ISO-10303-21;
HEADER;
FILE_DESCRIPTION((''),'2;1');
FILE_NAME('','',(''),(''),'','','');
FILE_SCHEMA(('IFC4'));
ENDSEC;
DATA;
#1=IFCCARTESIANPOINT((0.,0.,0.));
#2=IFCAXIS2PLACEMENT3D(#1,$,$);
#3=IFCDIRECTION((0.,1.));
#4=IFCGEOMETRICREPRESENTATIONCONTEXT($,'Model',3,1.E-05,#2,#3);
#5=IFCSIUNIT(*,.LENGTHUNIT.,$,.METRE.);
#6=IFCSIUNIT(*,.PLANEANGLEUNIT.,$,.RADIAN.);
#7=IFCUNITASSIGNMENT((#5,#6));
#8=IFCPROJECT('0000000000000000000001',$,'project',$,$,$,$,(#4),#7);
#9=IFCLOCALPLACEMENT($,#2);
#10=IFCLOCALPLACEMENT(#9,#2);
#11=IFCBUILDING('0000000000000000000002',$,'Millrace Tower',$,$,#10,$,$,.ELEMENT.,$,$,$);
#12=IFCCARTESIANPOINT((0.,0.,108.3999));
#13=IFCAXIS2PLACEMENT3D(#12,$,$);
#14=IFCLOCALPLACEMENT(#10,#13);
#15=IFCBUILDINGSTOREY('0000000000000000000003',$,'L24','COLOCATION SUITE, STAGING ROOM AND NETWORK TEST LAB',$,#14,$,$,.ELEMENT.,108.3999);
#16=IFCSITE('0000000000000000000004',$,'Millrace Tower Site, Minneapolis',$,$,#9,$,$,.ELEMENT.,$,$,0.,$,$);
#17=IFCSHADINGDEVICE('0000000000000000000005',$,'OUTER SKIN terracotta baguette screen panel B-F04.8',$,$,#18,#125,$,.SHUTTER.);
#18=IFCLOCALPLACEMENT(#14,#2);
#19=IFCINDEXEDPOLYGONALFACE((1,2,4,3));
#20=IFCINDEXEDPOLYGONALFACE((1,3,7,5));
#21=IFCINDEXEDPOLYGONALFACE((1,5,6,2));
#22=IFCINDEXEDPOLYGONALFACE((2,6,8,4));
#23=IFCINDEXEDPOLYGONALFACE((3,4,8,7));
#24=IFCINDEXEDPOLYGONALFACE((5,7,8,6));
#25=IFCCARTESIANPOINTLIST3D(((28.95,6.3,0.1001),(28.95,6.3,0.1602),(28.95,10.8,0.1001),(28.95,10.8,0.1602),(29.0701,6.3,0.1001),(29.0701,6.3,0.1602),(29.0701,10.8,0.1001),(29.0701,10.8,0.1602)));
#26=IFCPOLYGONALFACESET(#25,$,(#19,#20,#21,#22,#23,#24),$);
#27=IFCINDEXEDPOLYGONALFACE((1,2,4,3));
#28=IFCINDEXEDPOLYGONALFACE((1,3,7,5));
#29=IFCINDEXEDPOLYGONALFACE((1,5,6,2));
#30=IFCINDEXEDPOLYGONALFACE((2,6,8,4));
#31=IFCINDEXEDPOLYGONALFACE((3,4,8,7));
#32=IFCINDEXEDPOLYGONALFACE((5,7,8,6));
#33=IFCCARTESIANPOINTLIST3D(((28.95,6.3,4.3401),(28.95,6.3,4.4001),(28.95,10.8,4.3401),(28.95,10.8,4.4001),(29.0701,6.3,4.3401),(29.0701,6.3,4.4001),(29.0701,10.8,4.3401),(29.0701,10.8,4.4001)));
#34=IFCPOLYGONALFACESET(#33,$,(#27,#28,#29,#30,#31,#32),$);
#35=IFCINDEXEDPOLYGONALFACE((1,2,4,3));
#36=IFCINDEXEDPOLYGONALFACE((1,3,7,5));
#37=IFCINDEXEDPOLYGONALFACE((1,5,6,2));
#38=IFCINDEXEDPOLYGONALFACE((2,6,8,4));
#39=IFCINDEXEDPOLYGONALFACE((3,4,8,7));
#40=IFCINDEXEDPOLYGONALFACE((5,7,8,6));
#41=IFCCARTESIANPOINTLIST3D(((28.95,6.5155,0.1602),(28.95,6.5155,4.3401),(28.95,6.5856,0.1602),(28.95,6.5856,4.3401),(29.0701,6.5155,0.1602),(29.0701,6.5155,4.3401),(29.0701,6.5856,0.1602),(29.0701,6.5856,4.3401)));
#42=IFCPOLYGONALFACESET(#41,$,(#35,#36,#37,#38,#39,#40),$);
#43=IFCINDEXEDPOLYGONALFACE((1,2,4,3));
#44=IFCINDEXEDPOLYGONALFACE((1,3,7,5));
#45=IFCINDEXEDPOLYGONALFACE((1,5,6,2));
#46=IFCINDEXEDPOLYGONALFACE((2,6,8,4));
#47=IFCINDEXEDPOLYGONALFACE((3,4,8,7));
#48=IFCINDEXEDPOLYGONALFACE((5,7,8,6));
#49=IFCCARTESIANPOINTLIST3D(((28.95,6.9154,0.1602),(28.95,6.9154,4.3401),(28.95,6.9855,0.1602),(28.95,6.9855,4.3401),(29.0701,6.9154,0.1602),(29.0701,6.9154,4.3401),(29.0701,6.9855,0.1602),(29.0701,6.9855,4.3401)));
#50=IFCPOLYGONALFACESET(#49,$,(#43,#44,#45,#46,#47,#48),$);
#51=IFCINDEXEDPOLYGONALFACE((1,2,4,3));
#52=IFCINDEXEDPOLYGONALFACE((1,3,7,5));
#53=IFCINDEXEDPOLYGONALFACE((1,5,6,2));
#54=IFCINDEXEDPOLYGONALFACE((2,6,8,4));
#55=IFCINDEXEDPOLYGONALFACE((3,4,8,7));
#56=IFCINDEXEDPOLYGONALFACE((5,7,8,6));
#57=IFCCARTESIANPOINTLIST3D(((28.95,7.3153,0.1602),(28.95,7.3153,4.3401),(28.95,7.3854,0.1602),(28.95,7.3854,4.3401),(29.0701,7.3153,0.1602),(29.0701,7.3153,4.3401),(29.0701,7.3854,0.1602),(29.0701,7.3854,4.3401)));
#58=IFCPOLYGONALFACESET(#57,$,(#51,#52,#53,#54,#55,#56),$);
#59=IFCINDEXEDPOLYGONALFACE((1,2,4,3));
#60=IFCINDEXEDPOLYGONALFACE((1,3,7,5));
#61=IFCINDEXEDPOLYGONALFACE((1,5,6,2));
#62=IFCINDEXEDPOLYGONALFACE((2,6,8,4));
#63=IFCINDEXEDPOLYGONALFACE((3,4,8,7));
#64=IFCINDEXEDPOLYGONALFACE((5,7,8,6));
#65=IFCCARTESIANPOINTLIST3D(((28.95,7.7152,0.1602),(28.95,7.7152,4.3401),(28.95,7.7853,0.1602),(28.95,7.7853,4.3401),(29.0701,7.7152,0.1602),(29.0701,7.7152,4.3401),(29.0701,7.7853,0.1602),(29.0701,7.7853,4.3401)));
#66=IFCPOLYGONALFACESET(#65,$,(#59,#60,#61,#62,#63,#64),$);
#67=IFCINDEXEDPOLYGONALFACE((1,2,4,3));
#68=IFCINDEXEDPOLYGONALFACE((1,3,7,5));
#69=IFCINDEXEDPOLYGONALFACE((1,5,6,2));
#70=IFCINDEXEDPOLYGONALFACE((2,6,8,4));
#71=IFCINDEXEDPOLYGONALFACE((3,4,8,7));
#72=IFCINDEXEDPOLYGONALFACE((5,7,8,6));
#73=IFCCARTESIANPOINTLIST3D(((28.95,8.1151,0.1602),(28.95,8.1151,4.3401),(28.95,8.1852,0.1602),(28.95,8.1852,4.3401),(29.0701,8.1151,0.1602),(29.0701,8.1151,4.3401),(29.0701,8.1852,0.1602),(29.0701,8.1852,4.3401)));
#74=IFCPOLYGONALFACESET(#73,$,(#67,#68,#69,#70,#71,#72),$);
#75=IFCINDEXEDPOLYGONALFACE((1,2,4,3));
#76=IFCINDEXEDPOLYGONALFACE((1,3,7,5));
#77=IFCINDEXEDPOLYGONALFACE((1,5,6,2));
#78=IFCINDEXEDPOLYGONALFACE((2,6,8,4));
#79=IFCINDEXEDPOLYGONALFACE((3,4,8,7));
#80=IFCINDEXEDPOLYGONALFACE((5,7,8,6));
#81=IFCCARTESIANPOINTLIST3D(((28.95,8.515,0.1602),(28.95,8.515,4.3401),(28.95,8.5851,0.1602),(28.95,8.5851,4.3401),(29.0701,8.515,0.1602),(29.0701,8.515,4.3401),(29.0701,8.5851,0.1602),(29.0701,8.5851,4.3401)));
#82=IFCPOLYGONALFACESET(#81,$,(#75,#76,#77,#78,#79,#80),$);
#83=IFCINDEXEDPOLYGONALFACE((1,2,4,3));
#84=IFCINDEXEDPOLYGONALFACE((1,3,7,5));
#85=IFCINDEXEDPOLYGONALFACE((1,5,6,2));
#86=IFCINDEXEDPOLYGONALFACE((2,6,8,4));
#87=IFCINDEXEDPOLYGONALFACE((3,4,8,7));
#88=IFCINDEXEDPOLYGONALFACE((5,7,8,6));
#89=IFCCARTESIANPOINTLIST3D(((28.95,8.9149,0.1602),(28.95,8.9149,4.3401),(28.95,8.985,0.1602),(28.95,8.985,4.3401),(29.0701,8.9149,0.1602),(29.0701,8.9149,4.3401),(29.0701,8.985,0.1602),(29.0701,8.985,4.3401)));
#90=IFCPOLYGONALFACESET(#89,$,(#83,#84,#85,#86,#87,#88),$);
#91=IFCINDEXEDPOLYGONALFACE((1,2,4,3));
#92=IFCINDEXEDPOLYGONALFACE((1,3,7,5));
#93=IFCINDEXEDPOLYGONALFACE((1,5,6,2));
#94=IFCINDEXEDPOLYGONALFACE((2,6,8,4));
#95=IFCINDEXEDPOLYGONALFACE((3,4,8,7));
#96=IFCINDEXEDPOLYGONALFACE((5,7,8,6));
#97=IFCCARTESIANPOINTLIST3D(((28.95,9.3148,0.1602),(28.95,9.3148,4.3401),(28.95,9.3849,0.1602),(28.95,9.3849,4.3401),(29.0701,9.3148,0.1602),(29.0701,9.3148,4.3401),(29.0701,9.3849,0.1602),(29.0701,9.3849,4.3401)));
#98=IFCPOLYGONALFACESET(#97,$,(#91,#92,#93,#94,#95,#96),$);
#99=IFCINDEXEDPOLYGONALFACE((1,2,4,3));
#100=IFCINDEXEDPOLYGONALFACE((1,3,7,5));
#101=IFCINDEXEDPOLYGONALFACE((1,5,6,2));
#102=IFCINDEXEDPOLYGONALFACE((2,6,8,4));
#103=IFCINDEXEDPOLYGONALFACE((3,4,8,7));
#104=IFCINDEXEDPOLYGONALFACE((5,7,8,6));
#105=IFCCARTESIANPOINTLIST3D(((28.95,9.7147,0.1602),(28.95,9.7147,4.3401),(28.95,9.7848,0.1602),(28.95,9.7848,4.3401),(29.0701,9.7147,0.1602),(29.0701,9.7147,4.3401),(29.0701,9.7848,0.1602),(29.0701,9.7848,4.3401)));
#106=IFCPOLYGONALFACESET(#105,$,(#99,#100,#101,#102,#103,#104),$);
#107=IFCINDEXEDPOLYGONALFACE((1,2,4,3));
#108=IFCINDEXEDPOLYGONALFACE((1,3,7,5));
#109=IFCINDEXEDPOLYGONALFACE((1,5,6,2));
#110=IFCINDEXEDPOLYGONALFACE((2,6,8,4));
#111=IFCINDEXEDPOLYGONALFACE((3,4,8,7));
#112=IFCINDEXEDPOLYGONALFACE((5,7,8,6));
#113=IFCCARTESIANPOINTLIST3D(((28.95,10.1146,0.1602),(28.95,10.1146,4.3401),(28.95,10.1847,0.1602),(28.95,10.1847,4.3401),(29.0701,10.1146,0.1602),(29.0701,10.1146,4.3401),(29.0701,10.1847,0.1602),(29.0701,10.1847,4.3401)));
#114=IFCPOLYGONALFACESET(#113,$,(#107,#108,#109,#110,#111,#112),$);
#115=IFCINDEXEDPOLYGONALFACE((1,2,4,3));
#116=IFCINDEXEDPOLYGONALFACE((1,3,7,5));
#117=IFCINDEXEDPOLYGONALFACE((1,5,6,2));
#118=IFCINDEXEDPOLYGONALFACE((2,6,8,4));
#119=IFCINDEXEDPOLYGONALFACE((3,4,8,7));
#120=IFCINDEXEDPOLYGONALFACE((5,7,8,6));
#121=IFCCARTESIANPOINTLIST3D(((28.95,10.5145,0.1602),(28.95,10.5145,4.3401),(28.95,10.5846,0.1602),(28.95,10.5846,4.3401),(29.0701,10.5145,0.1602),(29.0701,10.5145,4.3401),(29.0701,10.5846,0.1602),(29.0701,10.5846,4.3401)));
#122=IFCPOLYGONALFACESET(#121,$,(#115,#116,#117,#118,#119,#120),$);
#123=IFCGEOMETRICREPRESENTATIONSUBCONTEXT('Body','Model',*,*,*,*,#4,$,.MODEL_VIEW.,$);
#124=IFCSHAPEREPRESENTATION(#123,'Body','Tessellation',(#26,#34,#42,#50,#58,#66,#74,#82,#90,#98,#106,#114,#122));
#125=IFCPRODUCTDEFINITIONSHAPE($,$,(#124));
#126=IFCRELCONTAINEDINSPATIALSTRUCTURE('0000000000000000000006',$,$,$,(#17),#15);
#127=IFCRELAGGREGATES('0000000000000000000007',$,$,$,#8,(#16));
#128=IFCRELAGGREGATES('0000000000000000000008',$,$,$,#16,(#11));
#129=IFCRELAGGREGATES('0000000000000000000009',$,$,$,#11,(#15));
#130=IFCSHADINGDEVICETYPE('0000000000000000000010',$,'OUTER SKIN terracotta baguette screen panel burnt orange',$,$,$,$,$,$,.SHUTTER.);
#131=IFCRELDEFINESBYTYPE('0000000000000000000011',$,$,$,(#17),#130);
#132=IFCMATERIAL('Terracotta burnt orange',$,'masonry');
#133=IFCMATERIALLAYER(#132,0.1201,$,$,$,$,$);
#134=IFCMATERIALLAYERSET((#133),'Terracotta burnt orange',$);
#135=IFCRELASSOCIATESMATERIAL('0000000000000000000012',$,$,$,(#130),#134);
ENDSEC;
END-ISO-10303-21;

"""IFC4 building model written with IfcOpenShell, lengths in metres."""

from ifc_helpers import new_model, entity, si_unit, direction, frame, frame_2d, origin, origin_2d, place, context, subcontext, project, spatial, rectangle, extrude, source, transform, mapped, material, layer, layer_set, type_object, element, save


model = new_model("IFC4")

# Units and contexts
model_context = context("Model", 3, precision=1e-05, world=origin(), true_north=direction((0.0, 1.0)))
body_context = subcontext(model_context, "Body", "Model", "MODEL_VIEW")
ifc_project = project(units=[si_unit("LENGTHUNIT", "METRE"), si_unit("PLANEANGLEUNIT", "RADIAN")], contexts=[model_context])

# Site, building, storey
site_placement = place(None, origin())
site = spatial("IfcSite", under=ifc_project, at=site_placement, Name="Millrace Tower Site, Minneapolis", CompositionType="ELEMENT", RefElevation=0.0)
building_placement = place(site_placement, origin())
building = spatial("IfcBuilding", under=site, at=building_placement, Name="Millrace Tower", CompositionType="ELEMENT")
storey_placement = place(building_placement, frame((0.0, 0.0, 108.3999)))
storey = spatial("IfcBuildingStorey", under=building, at=storey_placement, Name="L24", Description="COLOCATION SUITE, STAGING ROOM AND NETWORK TEST LAB", CompositionType="ELEMENT", Elevation=108.3999)

# Shading device
ifc_material_1 = material(Name="Terracotta burnt orange", Category="masonry")
ifc_layer_1 = layer(ifc_material_1, 0.1201)
ifc_layer_set_1 = layer_set([ifc_layer_1], Name="Terracotta burnt orange")
shading_device_type = type_object("IfcShadingDeviceType", Name="OUTER SKIN terracotta baguette screen panel burnt orange", PredefinedType="SHUTTER", material=ifc_layer_set_1)
cartesian_point = entity("IfcCartesianPoint", [-2.25, 0.0601])
shared_polyline = entity("IfcPolyline", [cartesian_point, entity("IfcCartesianPoint", [2.25, 0.0601]), entity("IfcCartesianPoint", [2.25, -0.0601]), entity("IfcCartesianPoint", [-2.25, -0.0601]), cartesian_point])
shared_shape = source(origin(), body_context, "Body", "SweptSolid", [
    entity("IfcExtrudedAreaSolid", entity("IfcArbitraryClosedProfileDef", "AREA", None, shared_polyline), entity("IfcAxis2Placement3D", entity("IfcCartesianPoint", [0.0, 0.0, 0.0])), entity("IfcDirection", [0.0, 0.0, 1.0]), 0.0601),
    entity("IfcExtrudedAreaSolid", entity("IfcArbitraryClosedProfileDef", "AREA", None, shared_polyline), entity("IfcAxis2Placement3D", entity("IfcCartesianPoint", [0.0, 0.0, 4.24])), entity("IfcDirection", [0.0, 0.0, 1.0]), 0.0601),
    extrude(rectangle(XDim=0.0701, YDim=0.1201, at=frame_2d((-1.9995, 0.0))), frame((0.0, 0.0, 0.0601)), (0.0, 0.0, 1.0), 4.1799),
    extrude(rectangle(XDim=0.0701, YDim=0.1201, at=frame_2d((-1.5996, 0.0))), frame((0.0, 0.0, 0.0601)), (0.0, 0.0, 1.0), 4.1799),
    extrude(rectangle(XDim=0.0701, YDim=0.1201, at=frame_2d((-1.1997, 0.0))), frame((0.0, 0.0, 0.0601)), (0.0, 0.0, 1.0), 4.1799),
    extrude(rectangle(XDim=0.0701, YDim=0.1201, at=frame_2d((-0.7998, 0.0))), frame((0.0, 0.0, 0.0601)), (0.0, 0.0, 1.0), 4.1799),
    extrude(rectangle(XDim=0.0701, YDim=0.1201, at=frame_2d((-0.3999, 0.0))), frame((0.0, 0.0, 0.0601)), (0.0, 0.0, 1.0), 4.1799),
    extrude(rectangle(XDim=0.0701, YDim=0.1201, at=origin_2d()), frame((0.0, 0.0, 0.0601)), (0.0, 0.0, 1.0), 4.1799),
    extrude(rectangle(XDim=0.0701, YDim=0.1201, at=frame_2d((0.3999, 0.0))), frame((0.0, 0.0, 0.0601)), (0.0, 0.0, 1.0), 4.1799),
    extrude(rectangle(XDim=0.0701, YDim=0.1201, at=frame_2d((0.7998, 0.0))), frame((0.0, 0.0, 0.0601)), (0.0, 0.0, 1.0), 4.1799),
    extrude(rectangle(XDim=0.0701, YDim=0.1201, at=frame_2d((1.1997, 0.0))), frame((0.0, 0.0, 0.0601)), (0.0, 0.0, 1.0), 4.1799),
    extrude(rectangle(XDim=0.0701, YDim=0.1201, at=frame_2d((1.5996, 0.0))), frame((0.0, 0.0, 0.0601)), (0.0, 0.0, 1.0), 4.1799),
    extrude(rectangle(XDim=0.0701, YDim=0.1201, at=frame_2d((1.9995, 0.0))), frame((0.0, 0.0, 0.0601)), (0.0, 0.0, 1.0), 4.1799),
])
for number, where, z_axis, x_axis, name in (
    (1, (29.01, 8.55, 0.1001), (0.0, 0.0, 1.0), (0.0, 1.0, 0.0), "OUTER SKIN terracotta baguette screen panel B-F04.8"),
):
    element("IfcShadingDevice", number, at=place(storey_placement, frame(where, z_axis=z_axis, x_axis=x_axis)), inside=storey, type_object=shading_device_type, Name=name, PredefinedType="SHUTTER", context=body_context, shape_type="MappedRepresentation", body=[
        mapped(shared_shape, transform((0.0, 0.0, 0.0), scale=1.0)),
    ])

save(model, "model.ifc")
